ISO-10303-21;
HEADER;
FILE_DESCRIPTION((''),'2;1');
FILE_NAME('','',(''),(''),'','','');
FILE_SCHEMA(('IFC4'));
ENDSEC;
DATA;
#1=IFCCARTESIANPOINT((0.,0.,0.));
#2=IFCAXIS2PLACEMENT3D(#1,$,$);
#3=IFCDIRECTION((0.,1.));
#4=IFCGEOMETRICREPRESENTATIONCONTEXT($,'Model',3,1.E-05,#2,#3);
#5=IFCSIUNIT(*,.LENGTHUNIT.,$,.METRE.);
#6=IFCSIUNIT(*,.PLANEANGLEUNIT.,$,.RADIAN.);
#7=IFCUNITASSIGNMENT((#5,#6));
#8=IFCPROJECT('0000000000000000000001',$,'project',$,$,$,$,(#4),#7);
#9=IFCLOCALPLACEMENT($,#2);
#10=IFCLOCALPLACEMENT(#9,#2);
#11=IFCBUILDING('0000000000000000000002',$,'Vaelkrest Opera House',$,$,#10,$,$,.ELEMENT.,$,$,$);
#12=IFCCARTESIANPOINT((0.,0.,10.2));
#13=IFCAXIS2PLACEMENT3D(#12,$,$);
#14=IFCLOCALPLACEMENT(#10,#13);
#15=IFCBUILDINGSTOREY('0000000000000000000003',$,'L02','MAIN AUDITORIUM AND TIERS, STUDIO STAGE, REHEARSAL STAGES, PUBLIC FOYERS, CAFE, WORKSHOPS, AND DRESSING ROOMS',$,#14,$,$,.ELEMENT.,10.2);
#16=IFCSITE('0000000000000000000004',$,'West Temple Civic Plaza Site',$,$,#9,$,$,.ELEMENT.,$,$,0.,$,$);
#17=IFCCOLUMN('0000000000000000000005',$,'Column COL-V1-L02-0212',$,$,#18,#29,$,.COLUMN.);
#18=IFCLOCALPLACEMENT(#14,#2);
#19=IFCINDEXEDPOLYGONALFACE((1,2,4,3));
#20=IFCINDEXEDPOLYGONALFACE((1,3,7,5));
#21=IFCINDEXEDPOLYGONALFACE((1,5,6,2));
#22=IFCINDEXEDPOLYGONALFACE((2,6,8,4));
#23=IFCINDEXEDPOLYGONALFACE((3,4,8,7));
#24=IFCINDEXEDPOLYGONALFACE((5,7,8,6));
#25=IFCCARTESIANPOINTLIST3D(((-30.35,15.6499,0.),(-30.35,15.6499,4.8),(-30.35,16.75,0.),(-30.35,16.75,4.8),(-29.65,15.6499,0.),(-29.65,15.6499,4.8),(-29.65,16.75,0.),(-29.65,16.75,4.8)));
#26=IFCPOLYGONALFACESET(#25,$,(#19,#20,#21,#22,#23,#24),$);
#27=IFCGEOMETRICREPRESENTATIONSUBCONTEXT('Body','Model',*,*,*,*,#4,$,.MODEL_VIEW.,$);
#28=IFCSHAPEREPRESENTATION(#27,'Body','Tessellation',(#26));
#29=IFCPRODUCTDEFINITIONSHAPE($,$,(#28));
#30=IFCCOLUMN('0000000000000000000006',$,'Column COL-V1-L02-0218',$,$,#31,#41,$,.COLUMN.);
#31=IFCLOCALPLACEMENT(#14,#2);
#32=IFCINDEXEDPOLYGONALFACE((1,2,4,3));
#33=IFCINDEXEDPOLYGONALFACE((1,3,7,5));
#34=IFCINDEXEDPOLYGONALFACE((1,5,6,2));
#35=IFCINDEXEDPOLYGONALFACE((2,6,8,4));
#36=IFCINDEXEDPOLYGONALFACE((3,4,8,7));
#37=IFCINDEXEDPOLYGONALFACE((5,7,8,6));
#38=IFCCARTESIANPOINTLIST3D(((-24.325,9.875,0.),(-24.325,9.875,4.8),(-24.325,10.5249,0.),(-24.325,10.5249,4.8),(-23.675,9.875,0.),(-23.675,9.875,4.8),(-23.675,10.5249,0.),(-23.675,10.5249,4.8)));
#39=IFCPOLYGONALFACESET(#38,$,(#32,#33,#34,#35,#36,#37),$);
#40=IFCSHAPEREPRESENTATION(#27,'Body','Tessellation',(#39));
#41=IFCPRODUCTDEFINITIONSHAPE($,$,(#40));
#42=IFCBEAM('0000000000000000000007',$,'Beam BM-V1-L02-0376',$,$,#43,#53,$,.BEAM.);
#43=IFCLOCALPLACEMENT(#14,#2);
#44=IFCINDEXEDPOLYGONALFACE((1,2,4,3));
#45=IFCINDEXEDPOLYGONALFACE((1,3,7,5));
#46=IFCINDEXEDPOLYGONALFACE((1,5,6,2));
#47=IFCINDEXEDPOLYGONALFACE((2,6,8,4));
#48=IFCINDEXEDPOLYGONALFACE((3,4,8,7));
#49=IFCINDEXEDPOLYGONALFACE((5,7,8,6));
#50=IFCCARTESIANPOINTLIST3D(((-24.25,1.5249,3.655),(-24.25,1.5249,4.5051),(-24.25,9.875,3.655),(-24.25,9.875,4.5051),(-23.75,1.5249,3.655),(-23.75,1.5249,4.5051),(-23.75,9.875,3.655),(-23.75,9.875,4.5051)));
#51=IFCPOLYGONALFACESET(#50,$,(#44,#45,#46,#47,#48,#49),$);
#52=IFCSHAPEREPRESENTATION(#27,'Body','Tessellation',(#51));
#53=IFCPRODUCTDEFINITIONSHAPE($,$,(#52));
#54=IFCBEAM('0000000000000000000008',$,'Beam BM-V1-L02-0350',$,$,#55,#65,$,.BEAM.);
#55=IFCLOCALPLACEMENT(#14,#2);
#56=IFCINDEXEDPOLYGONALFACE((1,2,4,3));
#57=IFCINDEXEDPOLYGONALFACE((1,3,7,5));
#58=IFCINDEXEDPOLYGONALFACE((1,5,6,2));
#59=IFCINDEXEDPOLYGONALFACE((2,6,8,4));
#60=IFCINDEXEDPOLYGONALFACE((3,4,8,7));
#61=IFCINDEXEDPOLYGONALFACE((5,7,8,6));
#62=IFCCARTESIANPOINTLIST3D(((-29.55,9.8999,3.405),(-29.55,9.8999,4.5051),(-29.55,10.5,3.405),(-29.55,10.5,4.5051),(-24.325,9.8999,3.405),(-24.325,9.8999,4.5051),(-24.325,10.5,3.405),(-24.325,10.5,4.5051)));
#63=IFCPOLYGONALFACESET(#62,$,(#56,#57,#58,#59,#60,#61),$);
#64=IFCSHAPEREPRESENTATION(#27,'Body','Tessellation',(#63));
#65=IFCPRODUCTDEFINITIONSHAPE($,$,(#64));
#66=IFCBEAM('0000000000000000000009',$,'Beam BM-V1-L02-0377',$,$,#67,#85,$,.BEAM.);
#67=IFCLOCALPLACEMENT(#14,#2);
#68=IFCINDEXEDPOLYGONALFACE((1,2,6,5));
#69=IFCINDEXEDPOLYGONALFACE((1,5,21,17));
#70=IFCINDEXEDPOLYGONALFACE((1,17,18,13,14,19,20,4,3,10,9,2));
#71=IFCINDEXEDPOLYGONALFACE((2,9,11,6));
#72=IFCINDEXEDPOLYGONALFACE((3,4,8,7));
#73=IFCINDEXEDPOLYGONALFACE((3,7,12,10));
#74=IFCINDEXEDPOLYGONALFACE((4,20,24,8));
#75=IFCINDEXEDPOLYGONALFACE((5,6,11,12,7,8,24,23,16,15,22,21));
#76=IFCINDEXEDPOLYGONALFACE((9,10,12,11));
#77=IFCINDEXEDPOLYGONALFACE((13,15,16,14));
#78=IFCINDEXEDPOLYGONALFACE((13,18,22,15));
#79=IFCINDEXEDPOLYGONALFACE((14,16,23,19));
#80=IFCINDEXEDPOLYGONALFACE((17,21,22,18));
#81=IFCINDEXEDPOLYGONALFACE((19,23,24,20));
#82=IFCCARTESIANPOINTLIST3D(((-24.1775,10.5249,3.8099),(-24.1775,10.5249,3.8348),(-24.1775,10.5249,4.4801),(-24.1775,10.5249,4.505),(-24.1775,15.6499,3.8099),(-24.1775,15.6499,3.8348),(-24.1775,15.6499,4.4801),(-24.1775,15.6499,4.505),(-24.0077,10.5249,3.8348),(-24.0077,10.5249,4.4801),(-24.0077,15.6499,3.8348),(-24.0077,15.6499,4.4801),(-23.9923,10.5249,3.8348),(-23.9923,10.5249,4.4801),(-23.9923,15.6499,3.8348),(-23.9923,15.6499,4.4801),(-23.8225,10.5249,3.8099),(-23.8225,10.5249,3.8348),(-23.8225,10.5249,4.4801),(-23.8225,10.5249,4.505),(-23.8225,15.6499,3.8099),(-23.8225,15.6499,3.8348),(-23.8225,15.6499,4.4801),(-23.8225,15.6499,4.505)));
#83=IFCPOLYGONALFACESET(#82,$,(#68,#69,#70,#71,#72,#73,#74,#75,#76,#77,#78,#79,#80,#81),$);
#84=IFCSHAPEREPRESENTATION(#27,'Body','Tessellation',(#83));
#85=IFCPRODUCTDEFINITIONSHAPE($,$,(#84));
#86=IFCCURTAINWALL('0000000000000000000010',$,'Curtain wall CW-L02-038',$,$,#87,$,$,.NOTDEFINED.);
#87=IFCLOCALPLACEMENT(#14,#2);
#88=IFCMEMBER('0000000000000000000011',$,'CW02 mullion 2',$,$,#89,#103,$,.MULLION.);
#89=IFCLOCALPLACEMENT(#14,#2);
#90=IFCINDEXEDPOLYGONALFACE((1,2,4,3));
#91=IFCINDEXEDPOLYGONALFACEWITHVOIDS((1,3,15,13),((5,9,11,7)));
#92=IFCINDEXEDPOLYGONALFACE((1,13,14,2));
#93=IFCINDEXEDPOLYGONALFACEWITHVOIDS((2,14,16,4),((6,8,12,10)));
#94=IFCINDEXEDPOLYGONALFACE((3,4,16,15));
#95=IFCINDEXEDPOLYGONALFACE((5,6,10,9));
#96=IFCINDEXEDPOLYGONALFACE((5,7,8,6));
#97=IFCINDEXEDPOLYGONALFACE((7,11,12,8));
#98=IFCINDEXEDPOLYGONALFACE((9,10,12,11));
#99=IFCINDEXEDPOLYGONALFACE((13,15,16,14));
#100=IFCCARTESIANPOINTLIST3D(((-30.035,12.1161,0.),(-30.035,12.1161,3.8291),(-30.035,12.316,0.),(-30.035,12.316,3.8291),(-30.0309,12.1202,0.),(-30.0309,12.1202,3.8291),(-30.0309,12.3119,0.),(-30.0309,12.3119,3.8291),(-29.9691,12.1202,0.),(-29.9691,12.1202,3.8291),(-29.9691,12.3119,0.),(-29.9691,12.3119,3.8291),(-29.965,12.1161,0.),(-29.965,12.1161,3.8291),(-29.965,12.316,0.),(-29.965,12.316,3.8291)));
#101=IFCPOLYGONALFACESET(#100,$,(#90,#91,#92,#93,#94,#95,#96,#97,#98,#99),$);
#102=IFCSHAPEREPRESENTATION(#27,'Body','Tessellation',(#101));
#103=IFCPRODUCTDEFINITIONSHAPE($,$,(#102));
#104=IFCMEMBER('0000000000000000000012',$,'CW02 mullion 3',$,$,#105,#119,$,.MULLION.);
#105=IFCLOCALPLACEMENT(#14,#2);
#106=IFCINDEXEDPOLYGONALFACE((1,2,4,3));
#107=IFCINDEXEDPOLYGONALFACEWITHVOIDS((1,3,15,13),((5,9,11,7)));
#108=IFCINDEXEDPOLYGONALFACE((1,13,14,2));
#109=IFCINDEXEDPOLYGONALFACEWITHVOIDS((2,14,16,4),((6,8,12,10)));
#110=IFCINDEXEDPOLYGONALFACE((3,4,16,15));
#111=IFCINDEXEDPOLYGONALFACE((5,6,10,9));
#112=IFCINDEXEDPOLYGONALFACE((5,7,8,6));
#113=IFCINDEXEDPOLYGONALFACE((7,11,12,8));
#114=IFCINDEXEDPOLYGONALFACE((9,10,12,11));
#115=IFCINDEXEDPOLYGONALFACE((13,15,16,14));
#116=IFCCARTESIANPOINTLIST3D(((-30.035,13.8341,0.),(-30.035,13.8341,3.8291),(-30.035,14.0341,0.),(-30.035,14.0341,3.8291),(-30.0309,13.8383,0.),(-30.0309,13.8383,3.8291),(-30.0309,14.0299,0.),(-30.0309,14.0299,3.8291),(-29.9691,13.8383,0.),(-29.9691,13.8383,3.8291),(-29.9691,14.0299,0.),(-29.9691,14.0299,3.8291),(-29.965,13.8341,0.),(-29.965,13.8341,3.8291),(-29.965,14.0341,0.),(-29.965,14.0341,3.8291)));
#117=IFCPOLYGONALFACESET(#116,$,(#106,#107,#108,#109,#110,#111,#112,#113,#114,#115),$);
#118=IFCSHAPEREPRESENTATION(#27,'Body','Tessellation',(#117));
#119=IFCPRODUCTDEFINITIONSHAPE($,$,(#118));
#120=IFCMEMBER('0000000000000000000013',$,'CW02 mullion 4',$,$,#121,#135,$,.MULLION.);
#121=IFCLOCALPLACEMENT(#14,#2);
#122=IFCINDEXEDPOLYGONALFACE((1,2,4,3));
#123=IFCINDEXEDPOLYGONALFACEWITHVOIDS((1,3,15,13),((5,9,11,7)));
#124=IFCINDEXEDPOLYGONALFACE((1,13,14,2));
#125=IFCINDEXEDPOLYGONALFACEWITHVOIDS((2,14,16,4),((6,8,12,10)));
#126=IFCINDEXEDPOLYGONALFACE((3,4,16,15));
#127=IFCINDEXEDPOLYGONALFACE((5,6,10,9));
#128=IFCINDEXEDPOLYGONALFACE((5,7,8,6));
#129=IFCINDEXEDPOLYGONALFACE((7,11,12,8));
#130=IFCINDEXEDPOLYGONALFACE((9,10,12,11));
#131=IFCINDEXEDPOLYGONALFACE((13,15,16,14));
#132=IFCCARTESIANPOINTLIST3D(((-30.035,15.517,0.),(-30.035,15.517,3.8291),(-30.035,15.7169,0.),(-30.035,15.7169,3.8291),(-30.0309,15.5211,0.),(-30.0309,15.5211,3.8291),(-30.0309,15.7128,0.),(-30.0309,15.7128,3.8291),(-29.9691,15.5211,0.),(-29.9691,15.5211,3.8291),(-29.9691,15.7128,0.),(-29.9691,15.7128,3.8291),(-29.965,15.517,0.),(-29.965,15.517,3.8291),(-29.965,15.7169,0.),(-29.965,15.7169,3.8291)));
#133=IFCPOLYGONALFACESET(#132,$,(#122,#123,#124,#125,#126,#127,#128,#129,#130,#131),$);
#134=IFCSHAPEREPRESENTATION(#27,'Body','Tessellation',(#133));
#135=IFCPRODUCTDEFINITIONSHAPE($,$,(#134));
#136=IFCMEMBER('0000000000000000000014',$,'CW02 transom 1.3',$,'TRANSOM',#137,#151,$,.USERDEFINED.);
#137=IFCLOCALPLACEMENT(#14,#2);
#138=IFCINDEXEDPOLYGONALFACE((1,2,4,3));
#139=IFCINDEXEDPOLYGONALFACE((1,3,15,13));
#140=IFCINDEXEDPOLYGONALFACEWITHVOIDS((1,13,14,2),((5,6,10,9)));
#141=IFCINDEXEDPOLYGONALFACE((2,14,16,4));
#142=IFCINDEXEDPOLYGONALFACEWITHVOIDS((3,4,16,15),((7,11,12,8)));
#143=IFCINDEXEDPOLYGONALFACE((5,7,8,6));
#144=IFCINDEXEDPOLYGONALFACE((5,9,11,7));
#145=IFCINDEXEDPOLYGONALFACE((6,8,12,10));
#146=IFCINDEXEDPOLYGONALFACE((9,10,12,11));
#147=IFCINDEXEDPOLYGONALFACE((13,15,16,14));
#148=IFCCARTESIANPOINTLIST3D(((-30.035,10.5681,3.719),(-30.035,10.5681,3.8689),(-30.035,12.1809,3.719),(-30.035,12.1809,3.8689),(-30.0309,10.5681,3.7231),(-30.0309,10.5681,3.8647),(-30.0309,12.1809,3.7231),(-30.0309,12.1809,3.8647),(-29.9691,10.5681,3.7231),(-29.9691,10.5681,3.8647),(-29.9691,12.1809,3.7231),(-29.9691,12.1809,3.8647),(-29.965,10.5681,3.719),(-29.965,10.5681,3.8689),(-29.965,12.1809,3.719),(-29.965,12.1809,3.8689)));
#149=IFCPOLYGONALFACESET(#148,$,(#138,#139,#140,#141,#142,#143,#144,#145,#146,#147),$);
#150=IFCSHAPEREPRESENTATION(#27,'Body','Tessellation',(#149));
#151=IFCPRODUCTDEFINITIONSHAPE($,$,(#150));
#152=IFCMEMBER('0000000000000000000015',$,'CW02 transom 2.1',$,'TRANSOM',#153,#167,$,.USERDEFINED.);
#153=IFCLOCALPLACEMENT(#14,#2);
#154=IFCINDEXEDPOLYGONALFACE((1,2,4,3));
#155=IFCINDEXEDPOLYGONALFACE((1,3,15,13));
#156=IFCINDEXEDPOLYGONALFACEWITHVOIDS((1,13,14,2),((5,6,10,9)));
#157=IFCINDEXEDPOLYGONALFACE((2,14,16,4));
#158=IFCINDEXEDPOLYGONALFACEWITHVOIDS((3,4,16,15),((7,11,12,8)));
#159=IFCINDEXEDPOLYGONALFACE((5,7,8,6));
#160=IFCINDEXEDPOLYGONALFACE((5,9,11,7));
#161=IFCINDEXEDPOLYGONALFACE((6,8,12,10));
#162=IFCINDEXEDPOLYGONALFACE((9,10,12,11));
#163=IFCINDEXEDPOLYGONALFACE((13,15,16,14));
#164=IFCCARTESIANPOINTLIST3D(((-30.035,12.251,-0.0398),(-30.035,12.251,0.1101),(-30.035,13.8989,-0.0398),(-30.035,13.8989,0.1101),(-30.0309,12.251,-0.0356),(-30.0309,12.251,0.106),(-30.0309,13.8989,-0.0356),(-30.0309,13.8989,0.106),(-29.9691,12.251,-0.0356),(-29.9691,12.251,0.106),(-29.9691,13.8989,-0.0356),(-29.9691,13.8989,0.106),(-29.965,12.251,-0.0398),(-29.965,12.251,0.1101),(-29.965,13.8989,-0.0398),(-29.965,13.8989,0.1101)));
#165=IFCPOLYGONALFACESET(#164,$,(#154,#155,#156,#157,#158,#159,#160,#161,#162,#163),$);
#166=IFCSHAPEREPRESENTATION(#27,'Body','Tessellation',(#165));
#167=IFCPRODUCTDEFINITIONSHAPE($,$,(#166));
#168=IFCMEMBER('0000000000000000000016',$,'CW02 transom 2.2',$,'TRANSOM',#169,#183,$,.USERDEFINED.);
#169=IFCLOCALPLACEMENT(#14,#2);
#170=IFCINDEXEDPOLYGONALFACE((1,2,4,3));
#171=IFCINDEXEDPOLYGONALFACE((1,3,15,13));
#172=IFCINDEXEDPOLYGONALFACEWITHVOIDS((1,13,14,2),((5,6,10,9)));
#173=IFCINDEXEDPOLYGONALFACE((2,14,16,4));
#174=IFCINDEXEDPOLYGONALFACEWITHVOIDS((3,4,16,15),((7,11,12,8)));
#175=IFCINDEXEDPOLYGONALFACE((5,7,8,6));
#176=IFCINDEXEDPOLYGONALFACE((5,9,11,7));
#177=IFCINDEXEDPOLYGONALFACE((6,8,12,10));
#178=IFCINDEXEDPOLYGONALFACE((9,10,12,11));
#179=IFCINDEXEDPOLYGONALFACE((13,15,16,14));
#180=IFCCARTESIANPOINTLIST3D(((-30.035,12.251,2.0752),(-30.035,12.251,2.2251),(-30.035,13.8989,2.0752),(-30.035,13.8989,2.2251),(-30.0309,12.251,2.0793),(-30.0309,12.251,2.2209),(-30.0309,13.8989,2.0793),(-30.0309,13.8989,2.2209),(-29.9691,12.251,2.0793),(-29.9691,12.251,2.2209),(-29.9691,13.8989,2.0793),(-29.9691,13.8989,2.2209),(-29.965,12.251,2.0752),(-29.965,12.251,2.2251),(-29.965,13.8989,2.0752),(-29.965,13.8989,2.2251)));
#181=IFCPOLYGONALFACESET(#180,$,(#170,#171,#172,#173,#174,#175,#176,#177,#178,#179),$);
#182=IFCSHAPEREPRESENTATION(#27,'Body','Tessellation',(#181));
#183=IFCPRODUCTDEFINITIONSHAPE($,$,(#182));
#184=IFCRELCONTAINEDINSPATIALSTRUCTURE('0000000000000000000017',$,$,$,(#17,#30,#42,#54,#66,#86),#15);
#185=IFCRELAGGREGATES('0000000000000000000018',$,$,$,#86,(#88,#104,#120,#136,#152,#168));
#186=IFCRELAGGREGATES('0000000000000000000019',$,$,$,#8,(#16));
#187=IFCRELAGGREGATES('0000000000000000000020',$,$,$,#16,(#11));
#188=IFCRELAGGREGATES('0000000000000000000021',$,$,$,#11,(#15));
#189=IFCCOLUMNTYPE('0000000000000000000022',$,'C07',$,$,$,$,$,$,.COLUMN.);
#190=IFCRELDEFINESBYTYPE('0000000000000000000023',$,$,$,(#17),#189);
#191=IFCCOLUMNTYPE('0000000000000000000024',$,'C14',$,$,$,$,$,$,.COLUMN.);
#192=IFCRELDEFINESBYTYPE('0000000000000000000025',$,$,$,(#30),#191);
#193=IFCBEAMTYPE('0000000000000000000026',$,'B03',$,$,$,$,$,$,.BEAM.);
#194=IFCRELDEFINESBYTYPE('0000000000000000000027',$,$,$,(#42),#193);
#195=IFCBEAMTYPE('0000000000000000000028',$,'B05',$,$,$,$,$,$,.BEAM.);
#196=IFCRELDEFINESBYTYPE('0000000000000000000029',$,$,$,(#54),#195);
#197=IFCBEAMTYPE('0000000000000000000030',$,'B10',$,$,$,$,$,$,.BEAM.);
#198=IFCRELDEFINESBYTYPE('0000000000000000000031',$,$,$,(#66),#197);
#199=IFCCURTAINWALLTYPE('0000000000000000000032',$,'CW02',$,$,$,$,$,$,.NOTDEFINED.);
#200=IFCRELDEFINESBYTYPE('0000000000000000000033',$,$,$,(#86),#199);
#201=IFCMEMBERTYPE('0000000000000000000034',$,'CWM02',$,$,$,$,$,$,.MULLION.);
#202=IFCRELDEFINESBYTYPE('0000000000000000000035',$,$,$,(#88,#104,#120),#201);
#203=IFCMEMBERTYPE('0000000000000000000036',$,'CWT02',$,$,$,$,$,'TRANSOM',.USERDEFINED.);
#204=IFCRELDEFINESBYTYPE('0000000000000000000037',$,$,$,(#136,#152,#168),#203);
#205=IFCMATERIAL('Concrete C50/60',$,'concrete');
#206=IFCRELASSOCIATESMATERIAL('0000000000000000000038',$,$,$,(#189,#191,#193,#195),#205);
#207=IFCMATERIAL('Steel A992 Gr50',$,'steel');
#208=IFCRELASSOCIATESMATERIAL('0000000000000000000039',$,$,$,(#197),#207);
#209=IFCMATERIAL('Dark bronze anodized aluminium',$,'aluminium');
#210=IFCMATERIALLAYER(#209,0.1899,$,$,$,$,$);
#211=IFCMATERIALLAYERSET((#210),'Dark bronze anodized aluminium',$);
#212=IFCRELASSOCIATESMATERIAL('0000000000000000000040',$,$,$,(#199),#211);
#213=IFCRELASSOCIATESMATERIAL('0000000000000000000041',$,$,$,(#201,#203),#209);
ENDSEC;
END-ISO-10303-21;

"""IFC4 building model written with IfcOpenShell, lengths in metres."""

from ifc_helpers import new_model, si_unit, direction, frame, origin, origin_2d, place, context, subcontext, project, spatial, rectangle, hollow_rectangle, i_section, extrude, material, layer, layer_set, material_profile, profile_set, type_object, element, aggregate, save


model = new_model("IFC4")

# Units and contexts
model_context = context("Model", 3, precision=1e-05, world=origin(), true_north=direction((0.0, 1.0)))
body_context = subcontext(model_context, "Body", "Model", "MODEL_VIEW")
ifc_project = project(units=[si_unit("LENGTHUNIT", "METRE"), si_unit("PLANEANGLEUNIT", "RADIAN")], contexts=[model_context])

# Site, building, storey
site_placement = place(None, origin())
site = spatial("IfcSite", under=ifc_project, at=site_placement, Name="West Temple Civic Plaza Site", CompositionType="ELEMENT", RefElevation=0.0)
building_placement = place(site_placement, origin())
building = spatial("IfcBuilding", under=site, at=building_placement, Name="Vaelkrest Opera House", CompositionType="ELEMENT")
storey_placement = place(building_placement, frame((0.0, 0.0, 10.2)))
storey = spatial("IfcBuildingStorey", under=building, at=storey_placement, Name="L02", Description="MAIN AUDITORIUM AND TIERS, STUDIO STAGE, REHEARSAL STAGES, PUBLIC FOYERS, CAFE, WORKSHOPS, AND DRESSING ROOMS", CompositionType="ELEMENT", Elevation=10.2)

# Columns
ifc_material_1 = material(Name="Concrete C50/60", Category="concrete")
ifc_material_profile_1 = material_profile(ifc_material_1, rectangle(XDim=0.7, YDim=1.1001, at=origin_2d()), Name="RC700X1100")
ifc_profile_set_1 = profile_set([ifc_material_profile_1], Name="Concrete C50/60")
column_type_1 = type_object("IfcColumnType", Name="C07", PredefinedType="COLUMN", material=ifc_profile_set_1)
column_1_placement = place(storey_placement, frame((-30.0, 16.2, 0.0), z_axis=(0.0, 0.0, 1.0), x_axis=(1.0, 0.0, 0.0)))
element("IfcColumn", 1, at=column_1_placement, inside=storey, type_object=column_type_1, Name="Column COL-V1-L02-0212", PredefinedType="COLUMN", context=body_context, shape_type="SweptSolid", body=[
    extrude(rectangle(XDim=0.7, YDim=1.1001, at=origin_2d()), origin(), (0.0, 0.0, 1.0), 4.8),
])
ifc_material_profile_2 = material_profile(ifc_material_1, rectangle(XDim=0.6499, YDim=0.6499, at=origin_2d()), Name="RC650X650")
ifc_profile_set_2 = profile_set([ifc_material_profile_2], Name="Concrete C50/60")
column_type_2 = type_object("IfcColumnType", Name="C14", PredefinedType="COLUMN", material=ifc_profile_set_2)
column_2_placement = place(storey_placement, frame((-24.0, 10.2, 0.0), z_axis=(0.0, 0.0, 1.0), x_axis=(1.0, 0.0, 0.0)))
element("IfcColumn", 2, at=column_2_placement, inside=storey, type_object=column_type_2, Name="Column COL-V1-L02-0218", PredefinedType="COLUMN", context=body_context, shape_type="SweptSolid", body=[
    extrude(rectangle(XDim=0.6499, YDim=0.6499, at=origin_2d()), origin(), (0.0, 0.0, 1.0), 4.8),
])

# Beams
ifc_material_profile_3 = material_profile(ifc_material_1, rectangle(XDim=0.5, YDim=0.8501, at=origin_2d()), Name="RCB500X850")
ifc_profile_set_3 = profile_set([ifc_material_profile_3], Name="Concrete C50/60")
beam_type_1 = type_object("IfcBeamType", Name="B03", PredefinedType="BEAM", material=ifc_profile_set_3)
beam_1_placement = place(storey_placement, frame((-24.0, 1.5249, 4.0801), z_axis=(0.0, 1.0, 0.0), x_axis=(-1.0, 0.0, 0.0)))
element("IfcBeam", 3, at=beam_1_placement, inside=storey, type_object=beam_type_1, Name="Beam BM-V1-L02-0376", PredefinedType="BEAM", context=body_context, shape_type="SweptSolid", body=[
    extrude(rectangle(XDim=0.5, YDim=0.8501, at=origin_2d()), origin(), (0.0, 0.0, 1.0), 8.3501),
])
ifc_material_profile_4 = material_profile(ifc_material_1, rectangle(XDim=0.6001, YDim=1.1001, at=origin_2d()), Name="RCB600X1100")
ifc_profile_set_4 = profile_set([ifc_material_profile_4], Name="Concrete C50/60")
beam_type_2 = type_object("IfcBeamType", Name="B05", PredefinedType="BEAM", material=ifc_profile_set_4)
beam_2_placement = place(storey_placement, frame((-29.55, 10.2, 3.9551), z_axis=(1.0, 0.0, 0.0), x_axis=(0.0, 1.0, 0.0)))
element("IfcBeam", 4, at=beam_2_placement, inside=storey, type_object=beam_type_2, Name="Beam BM-V1-L02-0350", PredefinedType="BEAM", context=body_context, shape_type="SweptSolid", body=[
    extrude(rectangle(XDim=0.6001, YDim=1.1001, at=origin_2d()), origin(), (0.0, 0.0, 1.0), 5.2251),
])
ifc_material_2 = material(Name="Steel A992 Gr50", Category="steel")
ifc_material_profile_5 = material_profile(ifc_material_2, i_section(OverallWidth=0.355, OverallDepth=0.6951, WebThickness=0.0154, FlangeThickness=0.0249, at=origin_2d()), Name="W27X146")
ifc_profile_set_5 = profile_set([ifc_material_profile_5], Name="Steel A992 Gr50")
beam_type_3 = type_object("IfcBeamType", Name="B10", PredefinedType="BEAM", material=ifc_profile_set_5)
beam_3_placement = place(storey_placement, frame((-24.0, 10.5249, 4.1575), z_axis=(0.0, 1.0, 0.0), x_axis=(-1.0, 0.0, 0.0)))
element("IfcBeam", 5, at=beam_3_placement, inside=storey, type_object=beam_type_3, Name="Beam BM-V1-L02-0377", PredefinedType="BEAM", context=body_context, shape_type="SweptSolid", body=[
    extrude(i_section(OverallWidth=0.355, OverallDepth=0.6951, WebThickness=0.0154, FlangeThickness=0.0249, at=origin_2d()), origin(), (0.0, 0.0, 1.0), 5.125),
])

# Curtain wall, members
ifc_material_3 = material(Name="Dark bronze anodized aluminium", Category="aluminium")
ifc_layer_1 = layer(ifc_material_3, 0.1899)
ifc_layer_set_1 = layer_set([ifc_layer_1], Name="Dark bronze anodized aluminium")
curtain_wall_type = type_object("IfcCurtainWallType", Name="CW02", PredefinedType="NOTDEFINED", material=ifc_layer_set_1)
curtain_wall_placement = place(storey_placement, origin())
curtain_wall = element("IfcCurtainWall", 6, at=curtain_wall_placement, inside=storey, type_object=curtain_wall_type, Name="Curtain wall CW-L02-038", PredefinedType="NOTDEFINED")
ifc_material_profile_6 = material_profile(ifc_material_3, hollow_rectangle(XDim=0.0701, YDim=0.2, WallThickness=0.0042, at=origin_2d()), Name="CWM70X200")
ifc_profile_set_6 = profile_set([ifc_material_profile_6], Name="Dark bronze anodized aluminium")
member_type_1 = type_object("IfcMemberType", Name="CWM02", PredefinedType="MULLION", material=ifc_profile_set_6)
member_1_placement = place(storey_placement, frame((-30.0, 12.2161, 0.0), z_axis=(0.0, 0.0, 1.0), x_axis=(-1.0, 0.0, 0.0)))
member_1 = element("IfcMember", 7, at=member_1_placement, type_object=member_type_1, Name="CW02 mullion 2", PredefinedType="MULLION", context=body_context, shape_type="SweptSolid", body=[
    extrude(hollow_rectangle(XDim=0.0701, YDim=0.2, WallThickness=0.0042, at=origin_2d()), origin(), (0.0, 0.0, 1.0), 3.8291),
])
member_2_placement = place(storey_placement, frame((-30.0, 13.9341, 0.0), z_axis=(0.0, 0.0, 1.0), x_axis=(-1.0, 0.0, 0.0)))
member_2 = element("IfcMember", 8, at=member_2_placement, type_object=member_type_1, Name="CW02 mullion 3", PredefinedType="MULLION", context=body_context, shape_type="SweptSolid", body=[
    extrude(hollow_rectangle(XDim=0.0701, YDim=0.2, WallThickness=0.0042, at=origin_2d()), origin(), (0.0, 0.0, 1.0), 3.8291),
])
member_3_placement = place(storey_placement, frame((-30.0, 15.6169, 0.0), z_axis=(0.0, 0.0, 1.0), x_axis=(-1.0, 0.0, 0.0)))
member_3 = element("IfcMember", 9, at=member_3_placement, type_object=member_type_1, Name="CW02 mullion 4", PredefinedType="MULLION", context=body_context, shape_type="SweptSolid", body=[
    extrude(hollow_rectangle(XDim=0.0701, YDim=0.2, WallThickness=0.0042, at=origin_2d()), origin(), (0.0, 0.0, 1.0), 3.8291),
])
ifc_material_profile_7 = material_profile(ifc_material_3, hollow_rectangle(XDim=0.0701, YDim=0.1499, WallThickness=0.0042, at=origin_2d()), Name="CWT70X150")
ifc_profile_set_7 = profile_set([ifc_material_profile_7], Name="Dark bronze anodized aluminium")
member_type_2 = type_object("IfcMemberType", Name="CWT02", ElementType="TRANSOM", PredefinedType="USERDEFINED", material=ifc_profile_set_7)
member_4_placement = place(storey_placement, frame((-30.0, 10.5681, 3.7939), z_axis=(0.0, 1.0, 0.0), x_axis=(-1.0, 0.0, 0.0)))
member_4 = element("IfcMember", 10, at=member_4_placement, type_object=member_type_2, Name="CW02 transom 1.3", ObjectType="TRANSOM", PredefinedType="USERDEFINED", context=body_context, shape_type="SweptSolid", body=[
    extrude(hollow_rectangle(XDim=0.0701, YDim=0.1499, WallThickness=0.0042, at=origin_2d()), origin(), (0.0, 0.0, 1.0), 1.6128),
])
member_5_placement = place(storey_placement, frame((-30.0, 12.251, 0.0352), z_axis=(0.0, 1.0, 0.0), x_axis=(-1.0, 0.0, 0.0)))
member_5 = element("IfcMember", 11, at=member_5_placement, type_object=member_type_2, Name="CW02 transom 2.1", ObjectType="TRANSOM", PredefinedType="USERDEFINED", context=body_context, shape_type="SweptSolid", body=[
    extrude(hollow_rectangle(XDim=0.0701, YDim=0.1499, WallThickness=0.0042, at=origin_2d()), origin(), (0.0, 0.0, 1.0), 1.6479),
])
member_6_placement = place(storey_placement, frame((-30.0, 12.251, 2.1501), z_axis=(0.0, 1.0, 0.0), x_axis=(-1.0, 0.0, 0.0)))
member_6 = element("IfcMember", 12, at=member_6_placement, type_object=member_type_2, Name="CW02 transom 2.2", ObjectType="TRANSOM", PredefinedType="USERDEFINED", context=body_context, shape_type="SweptSolid", body=[
    extrude(hollow_rectangle(XDim=0.0701, YDim=0.1499, WallThickness=0.0042, at=origin_2d()), origin(), (0.0, 0.0, 1.0), 1.6479),
])

aggregate(curtain_wall, [member_1, member_2, member_3, member_4, member_5, member_6])

save(model, "model.ifc")
